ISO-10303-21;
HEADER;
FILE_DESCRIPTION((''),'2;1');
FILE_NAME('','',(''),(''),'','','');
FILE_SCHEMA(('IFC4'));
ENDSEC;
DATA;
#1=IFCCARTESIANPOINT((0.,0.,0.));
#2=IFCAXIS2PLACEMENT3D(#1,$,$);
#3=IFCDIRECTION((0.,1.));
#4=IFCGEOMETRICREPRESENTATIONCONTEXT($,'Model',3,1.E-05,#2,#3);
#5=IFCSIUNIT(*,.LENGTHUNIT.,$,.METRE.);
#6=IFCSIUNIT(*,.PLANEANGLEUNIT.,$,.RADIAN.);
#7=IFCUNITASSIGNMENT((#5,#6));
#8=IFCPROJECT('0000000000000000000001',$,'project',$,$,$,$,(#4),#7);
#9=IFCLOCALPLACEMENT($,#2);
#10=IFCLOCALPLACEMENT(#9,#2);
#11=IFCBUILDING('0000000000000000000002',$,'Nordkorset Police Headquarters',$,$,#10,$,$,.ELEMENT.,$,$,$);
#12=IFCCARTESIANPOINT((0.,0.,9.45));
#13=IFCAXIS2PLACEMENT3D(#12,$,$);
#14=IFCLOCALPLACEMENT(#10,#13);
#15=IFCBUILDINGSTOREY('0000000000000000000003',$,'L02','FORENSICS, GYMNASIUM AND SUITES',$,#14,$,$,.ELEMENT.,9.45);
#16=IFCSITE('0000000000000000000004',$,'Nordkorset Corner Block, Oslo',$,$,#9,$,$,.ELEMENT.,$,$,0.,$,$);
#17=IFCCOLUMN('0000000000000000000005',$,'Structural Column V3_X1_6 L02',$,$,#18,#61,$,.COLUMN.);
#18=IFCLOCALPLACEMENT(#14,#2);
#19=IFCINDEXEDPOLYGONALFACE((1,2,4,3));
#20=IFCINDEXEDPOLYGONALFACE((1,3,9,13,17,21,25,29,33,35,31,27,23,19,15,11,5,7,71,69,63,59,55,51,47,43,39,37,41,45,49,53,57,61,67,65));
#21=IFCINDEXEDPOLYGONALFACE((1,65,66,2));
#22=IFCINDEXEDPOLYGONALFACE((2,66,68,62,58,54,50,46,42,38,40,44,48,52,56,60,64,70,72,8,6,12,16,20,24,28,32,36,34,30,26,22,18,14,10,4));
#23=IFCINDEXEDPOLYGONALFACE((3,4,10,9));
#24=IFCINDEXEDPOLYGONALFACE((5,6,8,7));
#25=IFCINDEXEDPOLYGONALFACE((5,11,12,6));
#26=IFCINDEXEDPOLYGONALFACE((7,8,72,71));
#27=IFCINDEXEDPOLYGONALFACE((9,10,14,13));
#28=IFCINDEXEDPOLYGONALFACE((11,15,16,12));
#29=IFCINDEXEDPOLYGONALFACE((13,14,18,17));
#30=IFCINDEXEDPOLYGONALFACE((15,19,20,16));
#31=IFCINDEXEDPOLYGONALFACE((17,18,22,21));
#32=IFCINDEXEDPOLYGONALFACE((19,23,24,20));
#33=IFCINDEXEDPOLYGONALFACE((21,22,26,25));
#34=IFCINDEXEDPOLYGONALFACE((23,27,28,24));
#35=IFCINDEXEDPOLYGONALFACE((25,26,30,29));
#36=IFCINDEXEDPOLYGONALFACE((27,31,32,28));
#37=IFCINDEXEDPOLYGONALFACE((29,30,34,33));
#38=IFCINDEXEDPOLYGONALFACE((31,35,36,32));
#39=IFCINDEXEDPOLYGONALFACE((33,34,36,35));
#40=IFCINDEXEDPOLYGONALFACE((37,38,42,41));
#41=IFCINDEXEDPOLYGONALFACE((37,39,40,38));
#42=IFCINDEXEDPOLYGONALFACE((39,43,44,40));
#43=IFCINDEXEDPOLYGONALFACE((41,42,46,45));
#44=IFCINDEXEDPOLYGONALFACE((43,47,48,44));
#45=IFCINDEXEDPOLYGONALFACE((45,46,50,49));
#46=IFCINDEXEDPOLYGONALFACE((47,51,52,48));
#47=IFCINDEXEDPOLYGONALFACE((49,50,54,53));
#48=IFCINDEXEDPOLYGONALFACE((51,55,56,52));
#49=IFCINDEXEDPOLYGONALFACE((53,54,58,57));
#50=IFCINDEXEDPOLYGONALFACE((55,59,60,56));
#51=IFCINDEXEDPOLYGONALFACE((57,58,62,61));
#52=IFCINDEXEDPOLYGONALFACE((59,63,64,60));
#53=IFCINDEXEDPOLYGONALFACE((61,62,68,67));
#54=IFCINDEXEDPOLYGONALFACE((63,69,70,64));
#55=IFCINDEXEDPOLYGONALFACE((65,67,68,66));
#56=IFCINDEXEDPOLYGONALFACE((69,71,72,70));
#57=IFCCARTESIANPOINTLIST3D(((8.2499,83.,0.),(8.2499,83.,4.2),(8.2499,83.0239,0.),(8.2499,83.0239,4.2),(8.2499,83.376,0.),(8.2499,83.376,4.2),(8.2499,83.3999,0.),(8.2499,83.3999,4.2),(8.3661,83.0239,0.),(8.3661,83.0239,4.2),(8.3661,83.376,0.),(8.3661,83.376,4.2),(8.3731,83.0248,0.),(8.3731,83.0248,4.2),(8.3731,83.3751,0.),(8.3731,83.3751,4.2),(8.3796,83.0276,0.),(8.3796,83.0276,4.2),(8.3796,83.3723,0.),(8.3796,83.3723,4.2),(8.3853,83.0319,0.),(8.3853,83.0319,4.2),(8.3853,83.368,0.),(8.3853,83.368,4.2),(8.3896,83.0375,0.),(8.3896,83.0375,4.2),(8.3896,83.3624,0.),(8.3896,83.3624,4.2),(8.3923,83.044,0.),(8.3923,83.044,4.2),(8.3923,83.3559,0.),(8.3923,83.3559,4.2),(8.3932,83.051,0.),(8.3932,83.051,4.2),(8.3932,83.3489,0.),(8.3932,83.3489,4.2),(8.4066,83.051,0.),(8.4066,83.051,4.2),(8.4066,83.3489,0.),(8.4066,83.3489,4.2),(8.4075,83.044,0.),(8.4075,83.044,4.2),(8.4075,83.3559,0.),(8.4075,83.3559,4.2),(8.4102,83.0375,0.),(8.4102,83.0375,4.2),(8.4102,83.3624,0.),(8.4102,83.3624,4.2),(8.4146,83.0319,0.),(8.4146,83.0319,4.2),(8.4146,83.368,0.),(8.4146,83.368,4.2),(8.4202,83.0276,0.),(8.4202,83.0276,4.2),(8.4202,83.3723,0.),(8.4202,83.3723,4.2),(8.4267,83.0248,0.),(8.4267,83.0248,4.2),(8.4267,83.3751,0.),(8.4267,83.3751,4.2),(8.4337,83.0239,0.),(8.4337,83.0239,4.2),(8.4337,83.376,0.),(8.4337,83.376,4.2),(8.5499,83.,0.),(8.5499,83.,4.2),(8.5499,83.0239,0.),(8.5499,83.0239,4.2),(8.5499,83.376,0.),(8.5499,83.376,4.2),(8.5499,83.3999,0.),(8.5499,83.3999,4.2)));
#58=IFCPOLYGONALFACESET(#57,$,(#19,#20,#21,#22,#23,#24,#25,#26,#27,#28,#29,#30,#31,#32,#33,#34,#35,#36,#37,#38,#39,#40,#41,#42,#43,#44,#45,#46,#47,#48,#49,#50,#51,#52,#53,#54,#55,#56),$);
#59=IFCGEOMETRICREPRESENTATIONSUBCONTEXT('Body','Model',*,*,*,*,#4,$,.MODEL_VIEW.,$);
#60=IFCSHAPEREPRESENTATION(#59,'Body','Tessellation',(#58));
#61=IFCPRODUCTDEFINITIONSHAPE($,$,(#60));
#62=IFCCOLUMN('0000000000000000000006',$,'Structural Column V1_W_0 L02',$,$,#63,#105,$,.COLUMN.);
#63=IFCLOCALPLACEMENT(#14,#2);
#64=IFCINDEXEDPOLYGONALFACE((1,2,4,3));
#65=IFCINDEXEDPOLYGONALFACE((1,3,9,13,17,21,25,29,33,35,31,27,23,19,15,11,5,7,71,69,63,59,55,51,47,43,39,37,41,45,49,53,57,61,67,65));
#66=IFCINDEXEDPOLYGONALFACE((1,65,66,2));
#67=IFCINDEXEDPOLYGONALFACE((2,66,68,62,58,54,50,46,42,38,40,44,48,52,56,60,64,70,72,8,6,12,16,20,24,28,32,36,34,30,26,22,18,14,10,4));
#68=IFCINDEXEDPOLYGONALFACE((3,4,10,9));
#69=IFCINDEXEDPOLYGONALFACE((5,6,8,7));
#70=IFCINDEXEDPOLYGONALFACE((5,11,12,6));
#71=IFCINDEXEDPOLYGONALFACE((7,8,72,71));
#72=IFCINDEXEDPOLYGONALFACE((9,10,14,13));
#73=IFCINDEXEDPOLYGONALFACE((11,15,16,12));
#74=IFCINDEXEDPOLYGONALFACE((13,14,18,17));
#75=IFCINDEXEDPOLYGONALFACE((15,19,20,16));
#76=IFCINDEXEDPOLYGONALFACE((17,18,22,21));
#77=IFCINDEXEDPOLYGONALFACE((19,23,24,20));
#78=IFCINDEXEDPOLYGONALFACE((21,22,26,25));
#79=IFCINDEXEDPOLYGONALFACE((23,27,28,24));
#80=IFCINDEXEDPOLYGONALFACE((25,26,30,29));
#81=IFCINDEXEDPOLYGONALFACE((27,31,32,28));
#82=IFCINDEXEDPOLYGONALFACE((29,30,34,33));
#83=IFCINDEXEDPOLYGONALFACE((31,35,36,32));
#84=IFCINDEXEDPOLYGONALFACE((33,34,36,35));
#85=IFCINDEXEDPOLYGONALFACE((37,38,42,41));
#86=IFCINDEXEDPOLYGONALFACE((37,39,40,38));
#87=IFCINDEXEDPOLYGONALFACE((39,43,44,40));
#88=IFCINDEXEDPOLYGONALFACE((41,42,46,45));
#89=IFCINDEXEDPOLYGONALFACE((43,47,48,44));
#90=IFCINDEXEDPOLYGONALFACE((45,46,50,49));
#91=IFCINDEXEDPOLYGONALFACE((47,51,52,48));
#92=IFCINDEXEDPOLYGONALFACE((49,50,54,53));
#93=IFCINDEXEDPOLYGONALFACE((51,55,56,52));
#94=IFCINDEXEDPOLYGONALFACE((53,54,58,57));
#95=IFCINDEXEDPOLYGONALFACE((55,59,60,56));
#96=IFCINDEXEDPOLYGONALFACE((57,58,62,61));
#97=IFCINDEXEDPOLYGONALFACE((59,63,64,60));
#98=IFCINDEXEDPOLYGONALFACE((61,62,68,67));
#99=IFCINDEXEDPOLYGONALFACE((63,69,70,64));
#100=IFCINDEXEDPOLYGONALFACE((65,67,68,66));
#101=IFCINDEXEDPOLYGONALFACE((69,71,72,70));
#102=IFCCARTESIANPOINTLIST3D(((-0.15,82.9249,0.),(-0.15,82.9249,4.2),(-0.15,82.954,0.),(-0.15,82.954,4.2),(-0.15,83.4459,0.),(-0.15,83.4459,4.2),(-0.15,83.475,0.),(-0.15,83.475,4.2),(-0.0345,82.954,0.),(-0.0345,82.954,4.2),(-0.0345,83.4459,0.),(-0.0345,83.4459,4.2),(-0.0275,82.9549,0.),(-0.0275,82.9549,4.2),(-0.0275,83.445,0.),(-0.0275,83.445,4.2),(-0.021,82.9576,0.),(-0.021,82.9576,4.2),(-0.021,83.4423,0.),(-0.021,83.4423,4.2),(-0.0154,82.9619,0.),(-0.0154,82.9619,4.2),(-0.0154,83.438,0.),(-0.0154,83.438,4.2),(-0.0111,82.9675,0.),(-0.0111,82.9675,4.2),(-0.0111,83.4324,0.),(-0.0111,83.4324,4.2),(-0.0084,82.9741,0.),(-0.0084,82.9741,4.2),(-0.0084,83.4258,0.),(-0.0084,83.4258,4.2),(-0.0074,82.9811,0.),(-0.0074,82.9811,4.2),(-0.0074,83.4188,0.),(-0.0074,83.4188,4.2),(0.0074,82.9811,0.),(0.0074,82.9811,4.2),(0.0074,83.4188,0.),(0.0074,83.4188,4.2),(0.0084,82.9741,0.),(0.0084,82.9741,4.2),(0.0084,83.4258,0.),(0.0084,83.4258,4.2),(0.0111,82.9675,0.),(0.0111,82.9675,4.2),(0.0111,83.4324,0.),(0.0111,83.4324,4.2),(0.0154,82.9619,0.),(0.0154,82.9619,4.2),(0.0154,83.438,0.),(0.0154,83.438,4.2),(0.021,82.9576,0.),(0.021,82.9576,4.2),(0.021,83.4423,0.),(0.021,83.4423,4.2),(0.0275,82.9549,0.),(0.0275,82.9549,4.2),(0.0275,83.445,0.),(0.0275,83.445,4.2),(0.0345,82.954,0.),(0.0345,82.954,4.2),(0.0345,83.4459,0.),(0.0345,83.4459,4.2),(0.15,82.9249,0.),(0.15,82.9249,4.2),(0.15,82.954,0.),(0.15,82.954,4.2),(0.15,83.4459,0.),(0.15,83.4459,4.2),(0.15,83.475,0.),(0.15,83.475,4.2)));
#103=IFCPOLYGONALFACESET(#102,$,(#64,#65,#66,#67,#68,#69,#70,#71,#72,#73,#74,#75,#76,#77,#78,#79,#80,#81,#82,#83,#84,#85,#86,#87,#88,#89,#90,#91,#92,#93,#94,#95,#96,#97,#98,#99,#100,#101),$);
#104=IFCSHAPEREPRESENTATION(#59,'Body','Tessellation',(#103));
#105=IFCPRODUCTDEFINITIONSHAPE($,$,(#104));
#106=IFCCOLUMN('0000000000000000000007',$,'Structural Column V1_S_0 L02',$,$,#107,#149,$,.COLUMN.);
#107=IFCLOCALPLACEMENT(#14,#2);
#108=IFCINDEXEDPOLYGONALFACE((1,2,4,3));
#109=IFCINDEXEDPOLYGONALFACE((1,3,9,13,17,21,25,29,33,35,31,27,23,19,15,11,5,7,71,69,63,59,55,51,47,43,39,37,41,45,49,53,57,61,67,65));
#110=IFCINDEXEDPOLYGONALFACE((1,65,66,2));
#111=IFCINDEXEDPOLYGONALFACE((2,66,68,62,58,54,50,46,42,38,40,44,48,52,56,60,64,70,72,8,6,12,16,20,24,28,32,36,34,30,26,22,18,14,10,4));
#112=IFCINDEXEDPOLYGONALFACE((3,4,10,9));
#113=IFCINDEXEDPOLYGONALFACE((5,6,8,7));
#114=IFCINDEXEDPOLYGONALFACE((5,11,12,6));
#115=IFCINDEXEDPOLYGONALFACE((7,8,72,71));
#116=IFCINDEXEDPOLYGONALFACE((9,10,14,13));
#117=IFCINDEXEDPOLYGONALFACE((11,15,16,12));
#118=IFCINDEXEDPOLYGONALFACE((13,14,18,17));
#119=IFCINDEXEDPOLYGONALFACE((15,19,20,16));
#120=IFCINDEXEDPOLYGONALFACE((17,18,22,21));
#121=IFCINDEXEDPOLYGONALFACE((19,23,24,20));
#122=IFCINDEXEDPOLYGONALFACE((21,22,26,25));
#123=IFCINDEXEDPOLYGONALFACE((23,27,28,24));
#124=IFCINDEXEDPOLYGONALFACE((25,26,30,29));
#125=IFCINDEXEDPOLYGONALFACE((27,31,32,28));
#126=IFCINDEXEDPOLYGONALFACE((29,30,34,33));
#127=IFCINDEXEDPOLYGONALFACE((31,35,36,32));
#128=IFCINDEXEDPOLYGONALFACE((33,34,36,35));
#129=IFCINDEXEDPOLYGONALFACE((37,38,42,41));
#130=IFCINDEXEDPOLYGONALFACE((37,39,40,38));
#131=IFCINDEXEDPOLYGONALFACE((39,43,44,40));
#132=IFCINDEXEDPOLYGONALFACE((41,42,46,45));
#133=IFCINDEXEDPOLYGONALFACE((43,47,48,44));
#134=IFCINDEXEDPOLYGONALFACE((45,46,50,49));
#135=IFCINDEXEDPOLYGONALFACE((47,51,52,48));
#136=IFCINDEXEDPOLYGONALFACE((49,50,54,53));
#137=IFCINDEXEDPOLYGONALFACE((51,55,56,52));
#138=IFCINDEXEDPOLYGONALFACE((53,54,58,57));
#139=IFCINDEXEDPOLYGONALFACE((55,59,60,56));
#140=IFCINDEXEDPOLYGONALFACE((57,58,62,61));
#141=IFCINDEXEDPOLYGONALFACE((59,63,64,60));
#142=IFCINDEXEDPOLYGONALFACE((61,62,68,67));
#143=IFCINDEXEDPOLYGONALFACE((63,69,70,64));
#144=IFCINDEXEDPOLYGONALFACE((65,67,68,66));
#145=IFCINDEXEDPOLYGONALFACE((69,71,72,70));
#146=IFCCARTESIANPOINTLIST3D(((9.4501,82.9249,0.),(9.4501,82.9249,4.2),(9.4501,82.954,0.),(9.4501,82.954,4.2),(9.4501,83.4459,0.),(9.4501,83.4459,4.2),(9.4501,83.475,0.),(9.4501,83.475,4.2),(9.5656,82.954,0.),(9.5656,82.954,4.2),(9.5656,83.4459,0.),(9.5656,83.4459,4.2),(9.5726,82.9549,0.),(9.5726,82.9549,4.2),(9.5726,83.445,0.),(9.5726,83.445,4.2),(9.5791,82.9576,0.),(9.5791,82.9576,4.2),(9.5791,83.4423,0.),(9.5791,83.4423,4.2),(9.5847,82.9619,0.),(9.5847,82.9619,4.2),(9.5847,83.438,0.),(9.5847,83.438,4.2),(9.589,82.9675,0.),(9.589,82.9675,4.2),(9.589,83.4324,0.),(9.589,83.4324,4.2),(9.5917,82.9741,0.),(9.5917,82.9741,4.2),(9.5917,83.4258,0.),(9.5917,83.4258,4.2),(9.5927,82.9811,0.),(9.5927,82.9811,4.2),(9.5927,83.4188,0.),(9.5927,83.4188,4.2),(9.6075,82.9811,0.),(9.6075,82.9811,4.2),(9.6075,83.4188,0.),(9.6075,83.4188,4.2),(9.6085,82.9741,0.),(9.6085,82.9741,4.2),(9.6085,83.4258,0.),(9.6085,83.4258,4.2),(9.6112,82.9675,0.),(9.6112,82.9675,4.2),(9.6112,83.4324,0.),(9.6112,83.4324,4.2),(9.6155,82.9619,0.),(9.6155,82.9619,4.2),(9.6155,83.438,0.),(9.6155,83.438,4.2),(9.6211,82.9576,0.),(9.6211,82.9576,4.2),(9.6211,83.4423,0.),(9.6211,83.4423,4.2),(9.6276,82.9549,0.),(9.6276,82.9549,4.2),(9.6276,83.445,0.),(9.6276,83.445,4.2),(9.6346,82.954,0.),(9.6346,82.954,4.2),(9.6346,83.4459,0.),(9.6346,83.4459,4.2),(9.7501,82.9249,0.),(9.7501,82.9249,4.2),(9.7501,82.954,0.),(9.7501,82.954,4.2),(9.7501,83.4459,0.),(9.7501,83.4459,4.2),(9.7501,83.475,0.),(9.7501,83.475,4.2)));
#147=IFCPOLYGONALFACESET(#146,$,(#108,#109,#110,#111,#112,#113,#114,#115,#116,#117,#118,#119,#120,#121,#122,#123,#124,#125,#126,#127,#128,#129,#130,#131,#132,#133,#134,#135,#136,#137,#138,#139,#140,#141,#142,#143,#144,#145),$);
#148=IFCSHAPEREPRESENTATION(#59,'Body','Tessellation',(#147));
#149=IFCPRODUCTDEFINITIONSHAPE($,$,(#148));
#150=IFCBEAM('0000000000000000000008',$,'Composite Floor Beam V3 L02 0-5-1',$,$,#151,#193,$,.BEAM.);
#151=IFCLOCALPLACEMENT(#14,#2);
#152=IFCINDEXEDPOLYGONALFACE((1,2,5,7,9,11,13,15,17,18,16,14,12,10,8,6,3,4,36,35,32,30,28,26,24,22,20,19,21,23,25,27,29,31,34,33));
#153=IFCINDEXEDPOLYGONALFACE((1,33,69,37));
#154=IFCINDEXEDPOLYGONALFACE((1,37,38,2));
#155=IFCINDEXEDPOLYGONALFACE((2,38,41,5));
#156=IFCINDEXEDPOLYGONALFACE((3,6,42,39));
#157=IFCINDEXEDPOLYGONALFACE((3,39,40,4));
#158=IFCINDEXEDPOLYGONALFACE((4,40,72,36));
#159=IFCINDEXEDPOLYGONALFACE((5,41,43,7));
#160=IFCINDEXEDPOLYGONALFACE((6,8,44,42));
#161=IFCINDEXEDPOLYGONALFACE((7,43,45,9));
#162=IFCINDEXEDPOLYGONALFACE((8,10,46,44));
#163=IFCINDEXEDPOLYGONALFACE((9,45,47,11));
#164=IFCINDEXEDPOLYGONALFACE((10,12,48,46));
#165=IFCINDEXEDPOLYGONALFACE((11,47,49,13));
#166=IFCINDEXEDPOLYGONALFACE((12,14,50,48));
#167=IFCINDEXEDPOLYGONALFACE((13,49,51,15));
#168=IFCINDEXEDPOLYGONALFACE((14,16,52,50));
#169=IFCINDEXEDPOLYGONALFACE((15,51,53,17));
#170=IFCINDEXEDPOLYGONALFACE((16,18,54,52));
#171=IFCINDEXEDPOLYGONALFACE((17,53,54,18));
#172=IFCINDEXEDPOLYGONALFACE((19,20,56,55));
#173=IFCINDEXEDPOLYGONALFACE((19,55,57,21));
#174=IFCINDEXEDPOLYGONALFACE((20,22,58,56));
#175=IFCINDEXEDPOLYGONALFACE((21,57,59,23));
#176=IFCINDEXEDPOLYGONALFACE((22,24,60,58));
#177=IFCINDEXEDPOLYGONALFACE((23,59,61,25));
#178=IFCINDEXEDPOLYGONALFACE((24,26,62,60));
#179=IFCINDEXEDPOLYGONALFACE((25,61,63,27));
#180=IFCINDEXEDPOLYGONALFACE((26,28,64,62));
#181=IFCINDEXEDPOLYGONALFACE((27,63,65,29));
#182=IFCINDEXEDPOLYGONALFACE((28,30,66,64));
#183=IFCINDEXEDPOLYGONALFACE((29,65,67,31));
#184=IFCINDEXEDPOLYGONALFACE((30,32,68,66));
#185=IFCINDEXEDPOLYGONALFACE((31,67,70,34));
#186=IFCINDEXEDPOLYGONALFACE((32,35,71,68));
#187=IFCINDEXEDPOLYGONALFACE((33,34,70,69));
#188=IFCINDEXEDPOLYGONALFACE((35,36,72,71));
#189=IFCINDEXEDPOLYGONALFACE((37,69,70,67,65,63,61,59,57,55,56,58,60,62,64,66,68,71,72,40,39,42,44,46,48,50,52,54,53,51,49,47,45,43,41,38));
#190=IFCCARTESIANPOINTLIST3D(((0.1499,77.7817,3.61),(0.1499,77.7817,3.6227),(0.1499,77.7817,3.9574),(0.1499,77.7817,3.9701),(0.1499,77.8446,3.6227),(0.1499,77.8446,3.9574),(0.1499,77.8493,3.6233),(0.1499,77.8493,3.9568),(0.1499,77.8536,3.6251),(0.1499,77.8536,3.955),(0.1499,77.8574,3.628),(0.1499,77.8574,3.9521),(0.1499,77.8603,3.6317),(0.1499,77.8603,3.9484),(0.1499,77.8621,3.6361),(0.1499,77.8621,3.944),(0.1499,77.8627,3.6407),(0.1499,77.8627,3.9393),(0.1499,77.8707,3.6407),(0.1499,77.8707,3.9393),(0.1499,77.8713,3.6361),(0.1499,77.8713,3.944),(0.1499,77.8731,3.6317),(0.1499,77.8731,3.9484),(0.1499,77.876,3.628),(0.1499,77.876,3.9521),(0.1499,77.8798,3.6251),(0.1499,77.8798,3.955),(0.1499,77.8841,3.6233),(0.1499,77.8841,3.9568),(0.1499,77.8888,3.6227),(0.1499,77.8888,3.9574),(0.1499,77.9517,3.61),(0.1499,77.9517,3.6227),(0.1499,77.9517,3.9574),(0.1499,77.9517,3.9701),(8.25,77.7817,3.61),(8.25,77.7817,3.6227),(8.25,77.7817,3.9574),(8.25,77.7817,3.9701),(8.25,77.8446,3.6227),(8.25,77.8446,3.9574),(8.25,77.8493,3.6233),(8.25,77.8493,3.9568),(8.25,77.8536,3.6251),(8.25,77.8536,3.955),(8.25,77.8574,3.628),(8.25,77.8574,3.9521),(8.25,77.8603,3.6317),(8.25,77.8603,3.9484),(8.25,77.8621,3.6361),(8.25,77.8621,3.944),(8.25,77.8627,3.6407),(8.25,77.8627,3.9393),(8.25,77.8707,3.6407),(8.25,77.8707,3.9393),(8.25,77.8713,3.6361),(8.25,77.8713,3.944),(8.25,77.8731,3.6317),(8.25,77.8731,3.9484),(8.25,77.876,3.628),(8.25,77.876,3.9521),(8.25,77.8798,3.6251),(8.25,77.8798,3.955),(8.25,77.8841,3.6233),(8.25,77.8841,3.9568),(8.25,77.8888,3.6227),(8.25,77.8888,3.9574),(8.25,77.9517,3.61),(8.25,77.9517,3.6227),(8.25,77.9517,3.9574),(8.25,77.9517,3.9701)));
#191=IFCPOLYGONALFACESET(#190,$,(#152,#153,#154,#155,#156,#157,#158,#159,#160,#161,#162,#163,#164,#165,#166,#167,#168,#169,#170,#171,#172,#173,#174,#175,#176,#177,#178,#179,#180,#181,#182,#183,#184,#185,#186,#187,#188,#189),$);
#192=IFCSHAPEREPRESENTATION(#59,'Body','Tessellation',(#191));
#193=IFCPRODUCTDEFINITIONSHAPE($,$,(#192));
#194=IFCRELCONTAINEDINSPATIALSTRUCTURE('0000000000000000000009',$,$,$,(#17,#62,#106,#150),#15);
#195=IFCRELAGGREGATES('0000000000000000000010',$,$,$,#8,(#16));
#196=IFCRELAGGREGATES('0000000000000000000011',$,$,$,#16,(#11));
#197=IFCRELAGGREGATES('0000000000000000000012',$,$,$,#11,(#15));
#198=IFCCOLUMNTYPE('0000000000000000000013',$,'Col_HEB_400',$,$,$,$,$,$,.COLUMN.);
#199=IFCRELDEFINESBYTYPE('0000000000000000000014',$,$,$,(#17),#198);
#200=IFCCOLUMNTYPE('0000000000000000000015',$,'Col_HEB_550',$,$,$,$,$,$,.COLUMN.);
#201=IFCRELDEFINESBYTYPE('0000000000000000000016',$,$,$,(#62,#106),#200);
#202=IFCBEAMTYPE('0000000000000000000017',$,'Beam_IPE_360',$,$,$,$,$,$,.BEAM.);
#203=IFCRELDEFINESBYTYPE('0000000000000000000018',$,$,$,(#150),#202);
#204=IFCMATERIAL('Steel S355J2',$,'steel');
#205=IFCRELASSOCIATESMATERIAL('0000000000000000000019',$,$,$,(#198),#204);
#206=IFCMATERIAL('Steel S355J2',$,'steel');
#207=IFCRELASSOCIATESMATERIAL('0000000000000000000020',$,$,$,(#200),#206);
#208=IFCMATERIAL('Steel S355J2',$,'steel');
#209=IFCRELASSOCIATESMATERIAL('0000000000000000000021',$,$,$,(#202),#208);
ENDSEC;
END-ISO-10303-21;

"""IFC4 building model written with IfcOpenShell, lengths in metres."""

from ifc_helpers import new_model, si_unit, direction, frame, origin, origin_2d, place, context, subcontext, project, spatial, i_section, extrude, material, material_profile, profile_set, type_object, element, save


model = new_model("IFC4")

# Units and contexts
model_context = context("Model", 3, precision=1e-05, world=origin(), true_north=direction((0.0, 1.0)))
body_context = subcontext(model_context, "Body", "Model", "MODEL_VIEW")
ifc_project = project(units=[si_unit("LENGTHUNIT", "METRE"), si_unit("PLANEANGLEUNIT", "RADIAN")], contexts=[model_context])

# Site, building, storey
site_placement = place(None, origin())
site = spatial("IfcSite", under=ifc_project, at=site_placement, Name="Nordkorset Corner Block, Oslo", CompositionType="ELEMENT", RefElevation=0.0)
building_placement = place(site_placement, origin())
building = spatial("IfcBuilding", under=site, at=building_placement, Name="Nordkorset Police Headquarters", CompositionType="ELEMENT")
storey_placement = place(building_placement, frame((0.0, 0.0, 9.45)))
storey = spatial("IfcBuildingStorey", under=building, at=storey_placement, Name="L02", Description="FORENSICS, GYMNASIUM AND SUITES", CompositionType="ELEMENT", Elevation=9.45)

# Columns
ifc_material_1 = material(Name="Steel S355J2", Category="steel")
ifc_material_profile_1 = material_profile(ifc_material_1, i_section(OverallWidth=0.3, OverallDepth=0.3999, WebThickness=0.0134, FlangeThickness=0.0239, FilletRadius=0.0271, at=origin_2d()), Name="HEB 400")
ifc_profile_set_1 = profile_set([ifc_material_profile_1], Name="Steel S355J2")
column_type_1 = type_object("IfcColumnType", Name="Col_HEB_400", PredefinedType="COLUMN", material=ifc_profile_set_1)
column_placement = place(storey_placement, frame((8.3999, 83.2, 0.0), z_axis=(0.0, 0.0, 1.0), x_axis=(1.0, 0.0, 0.0)))
element("IfcColumn", 1, at=column_placement, inside=storey, type_object=column_type_1, Name="Structural Column V3_X1_6 L02", PredefinedType="COLUMN", context=body_context, shape_type="SweptSolid", body=[
    extrude(i_section(OverallWidth=0.3, OverallDepth=0.3999, WebThickness=0.0134, FlangeThickness=0.0239, FilletRadius=0.0271, at=origin_2d()), origin(), (0.0, 0.0, 1.0), 4.2),
])
ifc_material_2 = material(Name="Steel S355J2", Category="steel")
ifc_material_profile_2 = material_profile(ifc_material_2, i_section(OverallWidth=0.3, OverallDepth=0.55, WebThickness=0.0149, FlangeThickness=0.0291, FilletRadius=0.0271, at=origin_2d()), Name="HEB 550")
ifc_profile_set_2 = profile_set([ifc_material_profile_2], Name="Steel S355J2")
column_type_2 = type_object("IfcColumnType", Name="Col_HEB_550", PredefinedType="COLUMN", material=ifc_profile_set_2)
for number, where, z_axis, x_axis, name in (
    (2, (0.0, 83.2, 0.0), (0.0, 0.0, 1.0), (1.0, 0.0, 0.0), "Structural Column V1_W_0 L02"),
    (3, (9.6001, 83.2, 0.0), (0.0, 0.0, 1.0), (1.0, 0.0, 0.0), "Structural Column V1_S_0 L02"),
):
    element("IfcColumn", number, at=place(storey_placement, frame(where, z_axis=z_axis, x_axis=x_axis)), inside=storey, type_object=column_type_2, Name=name, PredefinedType="COLUMN", context=body_context, shape_type="SweptSolid", body=[
        extrude(i_section(OverallWidth=0.3, OverallDepth=0.55, WebThickness=0.0149, FlangeThickness=0.0291, FilletRadius=0.0271, at=origin_2d()), origin(), (0.0, 0.0, 1.0), 4.2),
    ])

# Beam
ifc_material_3 = material(Name="Steel S355J2", Category="steel")
ifc_material_profile_3 = material_profile(ifc_material_3, i_section(OverallWidth=0.1699, OverallDepth=0.3601, WebThickness=0.0081, FlangeThickness=0.0127, FilletRadius=0.0181, at=origin_2d()), Name="IPE 360")
ifc_profile_set_3 = profile_set([ifc_material_profile_3], Name="Steel S355J2")
beam_type_1 = type_object("IfcBeamType", Name="Beam_IPE_360", PredefinedType="BEAM", material=ifc_profile_set_3)
for number, where, z_axis, x_axis, name in (
    (4, (0.1499, 77.8667, 3.79), (1.0, 0.0, 0.0), (0.0, 1.0, 0.0), "Composite Floor Beam V3 L02 0-5-1"),
):
    element("IfcBeam", number, at=place(storey_placement, frame(where, z_axis=z_axis, x_axis=x_axis)), inside=storey, type_object=beam_type_1, Name=name, PredefinedType="BEAM", context=body_context, shape_type="SweptSolid", body=[
        extrude(i_section(OverallWidth=0.1699, OverallDepth=0.3601, WebThickness=0.0081, FlangeThickness=0.0127, FilletRadius=0.0181, at=origin_2d()), origin(), (0.0, 0.0, 1.0), 8.1001),
    ])

save(model, "model.ifc")
